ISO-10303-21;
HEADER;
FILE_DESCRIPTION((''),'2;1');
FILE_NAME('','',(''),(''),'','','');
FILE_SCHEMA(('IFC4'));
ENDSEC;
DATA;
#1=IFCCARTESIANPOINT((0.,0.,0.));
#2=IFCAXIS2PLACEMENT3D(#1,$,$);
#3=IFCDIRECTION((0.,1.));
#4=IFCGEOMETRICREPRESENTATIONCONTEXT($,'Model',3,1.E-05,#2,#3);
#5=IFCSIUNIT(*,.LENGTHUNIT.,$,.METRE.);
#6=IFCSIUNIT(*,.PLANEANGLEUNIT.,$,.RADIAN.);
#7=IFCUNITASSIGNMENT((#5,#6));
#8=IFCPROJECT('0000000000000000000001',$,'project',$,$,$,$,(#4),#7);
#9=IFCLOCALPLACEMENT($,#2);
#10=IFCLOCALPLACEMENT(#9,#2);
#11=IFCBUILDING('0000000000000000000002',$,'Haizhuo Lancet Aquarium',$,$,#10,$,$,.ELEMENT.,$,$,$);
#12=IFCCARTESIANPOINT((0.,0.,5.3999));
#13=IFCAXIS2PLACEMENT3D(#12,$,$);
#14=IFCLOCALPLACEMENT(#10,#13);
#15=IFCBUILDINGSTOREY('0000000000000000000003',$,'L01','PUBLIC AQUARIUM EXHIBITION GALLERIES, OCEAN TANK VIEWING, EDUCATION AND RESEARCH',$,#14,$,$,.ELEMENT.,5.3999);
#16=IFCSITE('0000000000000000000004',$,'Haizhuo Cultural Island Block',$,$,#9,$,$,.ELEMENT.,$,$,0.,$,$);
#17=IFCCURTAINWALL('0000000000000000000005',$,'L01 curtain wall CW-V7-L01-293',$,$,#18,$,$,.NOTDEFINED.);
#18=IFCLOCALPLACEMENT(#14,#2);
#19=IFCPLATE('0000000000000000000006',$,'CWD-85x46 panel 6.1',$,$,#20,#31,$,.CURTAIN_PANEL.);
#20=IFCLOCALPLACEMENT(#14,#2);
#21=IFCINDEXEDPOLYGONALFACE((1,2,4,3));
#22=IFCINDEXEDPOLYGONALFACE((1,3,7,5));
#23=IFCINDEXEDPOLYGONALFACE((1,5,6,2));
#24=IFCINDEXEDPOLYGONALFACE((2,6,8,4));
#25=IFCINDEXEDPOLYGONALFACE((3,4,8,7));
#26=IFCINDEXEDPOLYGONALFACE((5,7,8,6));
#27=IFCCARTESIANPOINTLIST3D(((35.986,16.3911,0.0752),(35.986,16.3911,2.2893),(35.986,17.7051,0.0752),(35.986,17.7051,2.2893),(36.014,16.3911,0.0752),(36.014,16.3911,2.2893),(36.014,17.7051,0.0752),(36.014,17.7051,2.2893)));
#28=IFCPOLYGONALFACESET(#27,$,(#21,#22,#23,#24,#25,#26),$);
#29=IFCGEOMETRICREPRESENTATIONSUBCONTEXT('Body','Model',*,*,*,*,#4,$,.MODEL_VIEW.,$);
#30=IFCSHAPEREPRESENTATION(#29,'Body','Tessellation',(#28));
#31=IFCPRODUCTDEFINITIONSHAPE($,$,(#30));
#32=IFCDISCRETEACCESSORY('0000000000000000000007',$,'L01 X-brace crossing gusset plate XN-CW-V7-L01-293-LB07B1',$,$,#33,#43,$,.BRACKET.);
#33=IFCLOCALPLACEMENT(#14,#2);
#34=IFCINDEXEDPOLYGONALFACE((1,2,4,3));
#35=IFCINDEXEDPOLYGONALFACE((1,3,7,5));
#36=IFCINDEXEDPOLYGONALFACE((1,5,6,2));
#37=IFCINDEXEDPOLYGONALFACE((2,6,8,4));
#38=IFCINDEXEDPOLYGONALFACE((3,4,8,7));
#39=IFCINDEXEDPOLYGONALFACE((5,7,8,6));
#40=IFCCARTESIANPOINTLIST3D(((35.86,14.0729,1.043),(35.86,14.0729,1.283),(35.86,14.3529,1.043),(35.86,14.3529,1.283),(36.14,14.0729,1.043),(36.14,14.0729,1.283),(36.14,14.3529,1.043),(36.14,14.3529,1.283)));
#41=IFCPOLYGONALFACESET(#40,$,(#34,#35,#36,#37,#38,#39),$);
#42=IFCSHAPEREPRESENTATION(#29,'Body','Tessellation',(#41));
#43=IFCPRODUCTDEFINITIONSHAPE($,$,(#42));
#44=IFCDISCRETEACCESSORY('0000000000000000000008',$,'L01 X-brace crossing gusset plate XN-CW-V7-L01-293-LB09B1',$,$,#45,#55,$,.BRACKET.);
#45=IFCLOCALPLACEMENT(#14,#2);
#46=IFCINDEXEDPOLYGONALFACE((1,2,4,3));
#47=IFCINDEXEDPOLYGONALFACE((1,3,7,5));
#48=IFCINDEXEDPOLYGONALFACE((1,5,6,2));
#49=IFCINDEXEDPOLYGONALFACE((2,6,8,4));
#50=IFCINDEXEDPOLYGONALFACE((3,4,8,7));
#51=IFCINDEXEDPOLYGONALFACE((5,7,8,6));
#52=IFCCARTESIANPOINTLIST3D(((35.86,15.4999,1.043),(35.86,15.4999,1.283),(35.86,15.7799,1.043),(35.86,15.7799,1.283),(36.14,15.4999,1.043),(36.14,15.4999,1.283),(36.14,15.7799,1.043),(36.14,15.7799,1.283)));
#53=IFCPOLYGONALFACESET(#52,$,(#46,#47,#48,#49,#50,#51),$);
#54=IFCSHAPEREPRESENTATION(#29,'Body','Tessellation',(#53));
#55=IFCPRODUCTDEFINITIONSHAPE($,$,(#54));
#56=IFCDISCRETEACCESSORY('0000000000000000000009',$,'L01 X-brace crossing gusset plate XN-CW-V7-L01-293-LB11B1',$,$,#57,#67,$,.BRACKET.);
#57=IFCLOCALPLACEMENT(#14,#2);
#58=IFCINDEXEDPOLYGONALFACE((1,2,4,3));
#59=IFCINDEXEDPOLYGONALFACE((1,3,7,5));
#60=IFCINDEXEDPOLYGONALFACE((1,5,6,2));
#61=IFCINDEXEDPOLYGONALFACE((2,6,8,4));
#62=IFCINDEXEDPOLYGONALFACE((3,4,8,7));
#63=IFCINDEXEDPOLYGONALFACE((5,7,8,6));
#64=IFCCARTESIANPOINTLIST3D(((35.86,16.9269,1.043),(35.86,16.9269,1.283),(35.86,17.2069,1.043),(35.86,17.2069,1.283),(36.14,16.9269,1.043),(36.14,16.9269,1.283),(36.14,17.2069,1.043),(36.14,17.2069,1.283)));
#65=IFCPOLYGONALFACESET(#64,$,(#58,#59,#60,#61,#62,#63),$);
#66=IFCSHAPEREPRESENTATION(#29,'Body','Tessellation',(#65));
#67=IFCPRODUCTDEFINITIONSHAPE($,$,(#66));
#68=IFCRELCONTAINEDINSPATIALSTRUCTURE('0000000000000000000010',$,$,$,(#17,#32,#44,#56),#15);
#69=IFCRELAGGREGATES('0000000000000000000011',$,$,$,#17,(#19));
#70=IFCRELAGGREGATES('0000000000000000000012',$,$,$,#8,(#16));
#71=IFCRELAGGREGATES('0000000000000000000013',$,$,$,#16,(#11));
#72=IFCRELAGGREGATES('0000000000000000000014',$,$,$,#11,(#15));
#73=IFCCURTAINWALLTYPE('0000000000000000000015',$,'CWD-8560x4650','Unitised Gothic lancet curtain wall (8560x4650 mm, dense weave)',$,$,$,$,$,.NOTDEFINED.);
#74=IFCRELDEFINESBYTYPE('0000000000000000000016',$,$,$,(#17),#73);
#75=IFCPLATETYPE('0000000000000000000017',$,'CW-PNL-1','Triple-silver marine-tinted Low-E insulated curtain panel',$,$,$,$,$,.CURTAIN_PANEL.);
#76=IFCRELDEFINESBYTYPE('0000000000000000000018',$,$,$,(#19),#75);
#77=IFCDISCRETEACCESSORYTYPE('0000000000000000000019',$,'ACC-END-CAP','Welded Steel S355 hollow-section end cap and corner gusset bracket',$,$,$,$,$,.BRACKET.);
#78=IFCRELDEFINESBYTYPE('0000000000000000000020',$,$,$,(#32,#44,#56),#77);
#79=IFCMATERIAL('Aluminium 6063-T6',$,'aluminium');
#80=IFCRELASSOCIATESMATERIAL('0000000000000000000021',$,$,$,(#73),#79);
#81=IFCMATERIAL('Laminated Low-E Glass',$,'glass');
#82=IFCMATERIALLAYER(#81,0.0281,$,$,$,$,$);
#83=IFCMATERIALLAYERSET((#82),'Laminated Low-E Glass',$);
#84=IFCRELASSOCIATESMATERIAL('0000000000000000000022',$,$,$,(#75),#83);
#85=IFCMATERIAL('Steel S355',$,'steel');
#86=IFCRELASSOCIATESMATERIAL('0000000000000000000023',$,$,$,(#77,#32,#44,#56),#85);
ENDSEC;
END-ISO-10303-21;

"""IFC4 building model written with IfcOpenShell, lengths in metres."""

from ifc_helpers import new_model, si_unit, direction, frame, origin, origin_2d, place, context, subcontext, project, spatial, rectangle, extrude, material, layer, layer_set, type_object, element, aggregate, save


model = new_model("IFC4")

# Units and contexts
model_context = context("Model", 3, precision=1e-05, world=origin(), true_north=direction((0.0, 1.0)))
body_context = subcontext(model_context, "Body", "Model", "MODEL_VIEW")
ifc_project = project(units=[si_unit("LENGTHUNIT", "METRE"), si_unit("PLANEANGLEUNIT", "RADIAN")], contexts=[model_context])

# Site, building, storey
site_placement = place(None, origin())
site = spatial("IfcSite", under=ifc_project, at=site_placement, Name="Haizhuo Cultural Island Block", CompositionType="ELEMENT", RefElevation=0.0)
building_placement = place(site_placement, origin())
building = spatial("IfcBuilding", under=site, at=building_placement, Name="Haizhuo Lancet Aquarium", CompositionType="ELEMENT")
storey_placement = place(building_placement, frame((0.0, 0.0, 5.3999)))
storey = spatial("IfcBuildingStorey", under=building, at=storey_placement, Name="L01", Description="PUBLIC AQUARIUM EXHIBITION GALLERIES, OCEAN TANK VIEWING, EDUCATION AND RESEARCH", CompositionType="ELEMENT", Elevation=5.3999)

# Shared definitions
ifc_material_1 = material(Name="Steel S355", Category="steel")

# Curtain wall
ifc_material_2 = material(Name="Aluminium 6063-T6", Category="aluminium")
curtain_wall_type = type_object("IfcCurtainWallType", Name="CWD-8560x4650", Description="Unitised Gothic lancet curtain wall (8560x4650 mm, dense weave)", PredefinedType="NOTDEFINED", material=ifc_material_2)
curtain_wall_1_placement = place(storey_placement, origin())
curtain_wall_1 = element("IfcCurtainWall", 1, at=curtain_wall_1_placement, inside=storey, type_object=curtain_wall_type, Name="L01 curtain wall CW-V7-L01-293", PredefinedType="NOTDEFINED")

# Plate
ifc_material_3 = material(Name="Laminated Low-E Glass", Category="glass")
ifc_layer = layer(ifc_material_3, 0.0281)
ifc_layer_set = layer_set([ifc_layer], Name="Laminated Low-E Glass")
plate_type = type_object("IfcPlateType", Name="CW-PNL-1", Description="Triple-silver marine-tinted Low-E insulated curtain panel", PredefinedType="CURTAIN_PANEL", material=ifc_layer_set)
plate_1_placement = place(storey_placement, frame((36.0, 17.0481, 0.0752), z_axis=(0.0, 0.0, 1.0), x_axis=(0.0, 1.0, 0.0)))
plate_1 = element("IfcPlate", 2, at=plate_1_placement, type_object=plate_type, Name="CWD-85x46 panel 6.1", PredefinedType="CURTAIN_PANEL", context=body_context, shape_type="SweptSolid", body=[
    extrude(rectangle(XDim=1.314, YDim=0.0281, at=origin_2d()), origin(), (0.0, 0.0, 1.0), 2.2141),
])
aggregate(curtain_wall_1, [plate_1])

# Discrete accessories
discrete_accessory_type = type_object("IfcDiscreteAccessoryType", Name="ACC-END-CAP", Description="Welded Steel S355 hollow-section end cap and corner gusset bracket", PredefinedType="BRACKET", material=ifc_material_1)
for number, where, z_axis, x_axis, name in (
    (3, (36.0, 14.2129, 1.043), (0.0, 0.0, 1.0), (1.0, 0.0, 0.0), "L01 X-brace crossing gusset plate XN-CW-V7-L01-293-LB07B1"),
    (4, (36.0, 15.6399, 1.043), (0.0, 0.0, 1.0), (1.0, 0.0, 0.0), "L01 X-brace crossing gusset plate XN-CW-V7-L01-293-LB09B1"),
    (5, (36.0, 17.0669, 1.043), (0.0, 0.0, 1.0), (1.0, 0.0, 0.0), "L01 X-brace crossing gusset plate XN-CW-V7-L01-293-LB11B1"),
):
    element("IfcDiscreteAccessory", number, at=place(storey_placement, frame(where, z_axis=z_axis, x_axis=x_axis)), inside=storey, type_object=discrete_accessory_type, material=ifc_material_1, Name=name, PredefinedType="BRACKET", context=body_context, shape_type="SweptSolid", body=[
        extrude(rectangle(XDim=0.28, YDim=0.28, at=origin_2d()), origin(), (0.0, 0.0, 1.0), 0.24),
    ])

save(model, "model.ifc")
